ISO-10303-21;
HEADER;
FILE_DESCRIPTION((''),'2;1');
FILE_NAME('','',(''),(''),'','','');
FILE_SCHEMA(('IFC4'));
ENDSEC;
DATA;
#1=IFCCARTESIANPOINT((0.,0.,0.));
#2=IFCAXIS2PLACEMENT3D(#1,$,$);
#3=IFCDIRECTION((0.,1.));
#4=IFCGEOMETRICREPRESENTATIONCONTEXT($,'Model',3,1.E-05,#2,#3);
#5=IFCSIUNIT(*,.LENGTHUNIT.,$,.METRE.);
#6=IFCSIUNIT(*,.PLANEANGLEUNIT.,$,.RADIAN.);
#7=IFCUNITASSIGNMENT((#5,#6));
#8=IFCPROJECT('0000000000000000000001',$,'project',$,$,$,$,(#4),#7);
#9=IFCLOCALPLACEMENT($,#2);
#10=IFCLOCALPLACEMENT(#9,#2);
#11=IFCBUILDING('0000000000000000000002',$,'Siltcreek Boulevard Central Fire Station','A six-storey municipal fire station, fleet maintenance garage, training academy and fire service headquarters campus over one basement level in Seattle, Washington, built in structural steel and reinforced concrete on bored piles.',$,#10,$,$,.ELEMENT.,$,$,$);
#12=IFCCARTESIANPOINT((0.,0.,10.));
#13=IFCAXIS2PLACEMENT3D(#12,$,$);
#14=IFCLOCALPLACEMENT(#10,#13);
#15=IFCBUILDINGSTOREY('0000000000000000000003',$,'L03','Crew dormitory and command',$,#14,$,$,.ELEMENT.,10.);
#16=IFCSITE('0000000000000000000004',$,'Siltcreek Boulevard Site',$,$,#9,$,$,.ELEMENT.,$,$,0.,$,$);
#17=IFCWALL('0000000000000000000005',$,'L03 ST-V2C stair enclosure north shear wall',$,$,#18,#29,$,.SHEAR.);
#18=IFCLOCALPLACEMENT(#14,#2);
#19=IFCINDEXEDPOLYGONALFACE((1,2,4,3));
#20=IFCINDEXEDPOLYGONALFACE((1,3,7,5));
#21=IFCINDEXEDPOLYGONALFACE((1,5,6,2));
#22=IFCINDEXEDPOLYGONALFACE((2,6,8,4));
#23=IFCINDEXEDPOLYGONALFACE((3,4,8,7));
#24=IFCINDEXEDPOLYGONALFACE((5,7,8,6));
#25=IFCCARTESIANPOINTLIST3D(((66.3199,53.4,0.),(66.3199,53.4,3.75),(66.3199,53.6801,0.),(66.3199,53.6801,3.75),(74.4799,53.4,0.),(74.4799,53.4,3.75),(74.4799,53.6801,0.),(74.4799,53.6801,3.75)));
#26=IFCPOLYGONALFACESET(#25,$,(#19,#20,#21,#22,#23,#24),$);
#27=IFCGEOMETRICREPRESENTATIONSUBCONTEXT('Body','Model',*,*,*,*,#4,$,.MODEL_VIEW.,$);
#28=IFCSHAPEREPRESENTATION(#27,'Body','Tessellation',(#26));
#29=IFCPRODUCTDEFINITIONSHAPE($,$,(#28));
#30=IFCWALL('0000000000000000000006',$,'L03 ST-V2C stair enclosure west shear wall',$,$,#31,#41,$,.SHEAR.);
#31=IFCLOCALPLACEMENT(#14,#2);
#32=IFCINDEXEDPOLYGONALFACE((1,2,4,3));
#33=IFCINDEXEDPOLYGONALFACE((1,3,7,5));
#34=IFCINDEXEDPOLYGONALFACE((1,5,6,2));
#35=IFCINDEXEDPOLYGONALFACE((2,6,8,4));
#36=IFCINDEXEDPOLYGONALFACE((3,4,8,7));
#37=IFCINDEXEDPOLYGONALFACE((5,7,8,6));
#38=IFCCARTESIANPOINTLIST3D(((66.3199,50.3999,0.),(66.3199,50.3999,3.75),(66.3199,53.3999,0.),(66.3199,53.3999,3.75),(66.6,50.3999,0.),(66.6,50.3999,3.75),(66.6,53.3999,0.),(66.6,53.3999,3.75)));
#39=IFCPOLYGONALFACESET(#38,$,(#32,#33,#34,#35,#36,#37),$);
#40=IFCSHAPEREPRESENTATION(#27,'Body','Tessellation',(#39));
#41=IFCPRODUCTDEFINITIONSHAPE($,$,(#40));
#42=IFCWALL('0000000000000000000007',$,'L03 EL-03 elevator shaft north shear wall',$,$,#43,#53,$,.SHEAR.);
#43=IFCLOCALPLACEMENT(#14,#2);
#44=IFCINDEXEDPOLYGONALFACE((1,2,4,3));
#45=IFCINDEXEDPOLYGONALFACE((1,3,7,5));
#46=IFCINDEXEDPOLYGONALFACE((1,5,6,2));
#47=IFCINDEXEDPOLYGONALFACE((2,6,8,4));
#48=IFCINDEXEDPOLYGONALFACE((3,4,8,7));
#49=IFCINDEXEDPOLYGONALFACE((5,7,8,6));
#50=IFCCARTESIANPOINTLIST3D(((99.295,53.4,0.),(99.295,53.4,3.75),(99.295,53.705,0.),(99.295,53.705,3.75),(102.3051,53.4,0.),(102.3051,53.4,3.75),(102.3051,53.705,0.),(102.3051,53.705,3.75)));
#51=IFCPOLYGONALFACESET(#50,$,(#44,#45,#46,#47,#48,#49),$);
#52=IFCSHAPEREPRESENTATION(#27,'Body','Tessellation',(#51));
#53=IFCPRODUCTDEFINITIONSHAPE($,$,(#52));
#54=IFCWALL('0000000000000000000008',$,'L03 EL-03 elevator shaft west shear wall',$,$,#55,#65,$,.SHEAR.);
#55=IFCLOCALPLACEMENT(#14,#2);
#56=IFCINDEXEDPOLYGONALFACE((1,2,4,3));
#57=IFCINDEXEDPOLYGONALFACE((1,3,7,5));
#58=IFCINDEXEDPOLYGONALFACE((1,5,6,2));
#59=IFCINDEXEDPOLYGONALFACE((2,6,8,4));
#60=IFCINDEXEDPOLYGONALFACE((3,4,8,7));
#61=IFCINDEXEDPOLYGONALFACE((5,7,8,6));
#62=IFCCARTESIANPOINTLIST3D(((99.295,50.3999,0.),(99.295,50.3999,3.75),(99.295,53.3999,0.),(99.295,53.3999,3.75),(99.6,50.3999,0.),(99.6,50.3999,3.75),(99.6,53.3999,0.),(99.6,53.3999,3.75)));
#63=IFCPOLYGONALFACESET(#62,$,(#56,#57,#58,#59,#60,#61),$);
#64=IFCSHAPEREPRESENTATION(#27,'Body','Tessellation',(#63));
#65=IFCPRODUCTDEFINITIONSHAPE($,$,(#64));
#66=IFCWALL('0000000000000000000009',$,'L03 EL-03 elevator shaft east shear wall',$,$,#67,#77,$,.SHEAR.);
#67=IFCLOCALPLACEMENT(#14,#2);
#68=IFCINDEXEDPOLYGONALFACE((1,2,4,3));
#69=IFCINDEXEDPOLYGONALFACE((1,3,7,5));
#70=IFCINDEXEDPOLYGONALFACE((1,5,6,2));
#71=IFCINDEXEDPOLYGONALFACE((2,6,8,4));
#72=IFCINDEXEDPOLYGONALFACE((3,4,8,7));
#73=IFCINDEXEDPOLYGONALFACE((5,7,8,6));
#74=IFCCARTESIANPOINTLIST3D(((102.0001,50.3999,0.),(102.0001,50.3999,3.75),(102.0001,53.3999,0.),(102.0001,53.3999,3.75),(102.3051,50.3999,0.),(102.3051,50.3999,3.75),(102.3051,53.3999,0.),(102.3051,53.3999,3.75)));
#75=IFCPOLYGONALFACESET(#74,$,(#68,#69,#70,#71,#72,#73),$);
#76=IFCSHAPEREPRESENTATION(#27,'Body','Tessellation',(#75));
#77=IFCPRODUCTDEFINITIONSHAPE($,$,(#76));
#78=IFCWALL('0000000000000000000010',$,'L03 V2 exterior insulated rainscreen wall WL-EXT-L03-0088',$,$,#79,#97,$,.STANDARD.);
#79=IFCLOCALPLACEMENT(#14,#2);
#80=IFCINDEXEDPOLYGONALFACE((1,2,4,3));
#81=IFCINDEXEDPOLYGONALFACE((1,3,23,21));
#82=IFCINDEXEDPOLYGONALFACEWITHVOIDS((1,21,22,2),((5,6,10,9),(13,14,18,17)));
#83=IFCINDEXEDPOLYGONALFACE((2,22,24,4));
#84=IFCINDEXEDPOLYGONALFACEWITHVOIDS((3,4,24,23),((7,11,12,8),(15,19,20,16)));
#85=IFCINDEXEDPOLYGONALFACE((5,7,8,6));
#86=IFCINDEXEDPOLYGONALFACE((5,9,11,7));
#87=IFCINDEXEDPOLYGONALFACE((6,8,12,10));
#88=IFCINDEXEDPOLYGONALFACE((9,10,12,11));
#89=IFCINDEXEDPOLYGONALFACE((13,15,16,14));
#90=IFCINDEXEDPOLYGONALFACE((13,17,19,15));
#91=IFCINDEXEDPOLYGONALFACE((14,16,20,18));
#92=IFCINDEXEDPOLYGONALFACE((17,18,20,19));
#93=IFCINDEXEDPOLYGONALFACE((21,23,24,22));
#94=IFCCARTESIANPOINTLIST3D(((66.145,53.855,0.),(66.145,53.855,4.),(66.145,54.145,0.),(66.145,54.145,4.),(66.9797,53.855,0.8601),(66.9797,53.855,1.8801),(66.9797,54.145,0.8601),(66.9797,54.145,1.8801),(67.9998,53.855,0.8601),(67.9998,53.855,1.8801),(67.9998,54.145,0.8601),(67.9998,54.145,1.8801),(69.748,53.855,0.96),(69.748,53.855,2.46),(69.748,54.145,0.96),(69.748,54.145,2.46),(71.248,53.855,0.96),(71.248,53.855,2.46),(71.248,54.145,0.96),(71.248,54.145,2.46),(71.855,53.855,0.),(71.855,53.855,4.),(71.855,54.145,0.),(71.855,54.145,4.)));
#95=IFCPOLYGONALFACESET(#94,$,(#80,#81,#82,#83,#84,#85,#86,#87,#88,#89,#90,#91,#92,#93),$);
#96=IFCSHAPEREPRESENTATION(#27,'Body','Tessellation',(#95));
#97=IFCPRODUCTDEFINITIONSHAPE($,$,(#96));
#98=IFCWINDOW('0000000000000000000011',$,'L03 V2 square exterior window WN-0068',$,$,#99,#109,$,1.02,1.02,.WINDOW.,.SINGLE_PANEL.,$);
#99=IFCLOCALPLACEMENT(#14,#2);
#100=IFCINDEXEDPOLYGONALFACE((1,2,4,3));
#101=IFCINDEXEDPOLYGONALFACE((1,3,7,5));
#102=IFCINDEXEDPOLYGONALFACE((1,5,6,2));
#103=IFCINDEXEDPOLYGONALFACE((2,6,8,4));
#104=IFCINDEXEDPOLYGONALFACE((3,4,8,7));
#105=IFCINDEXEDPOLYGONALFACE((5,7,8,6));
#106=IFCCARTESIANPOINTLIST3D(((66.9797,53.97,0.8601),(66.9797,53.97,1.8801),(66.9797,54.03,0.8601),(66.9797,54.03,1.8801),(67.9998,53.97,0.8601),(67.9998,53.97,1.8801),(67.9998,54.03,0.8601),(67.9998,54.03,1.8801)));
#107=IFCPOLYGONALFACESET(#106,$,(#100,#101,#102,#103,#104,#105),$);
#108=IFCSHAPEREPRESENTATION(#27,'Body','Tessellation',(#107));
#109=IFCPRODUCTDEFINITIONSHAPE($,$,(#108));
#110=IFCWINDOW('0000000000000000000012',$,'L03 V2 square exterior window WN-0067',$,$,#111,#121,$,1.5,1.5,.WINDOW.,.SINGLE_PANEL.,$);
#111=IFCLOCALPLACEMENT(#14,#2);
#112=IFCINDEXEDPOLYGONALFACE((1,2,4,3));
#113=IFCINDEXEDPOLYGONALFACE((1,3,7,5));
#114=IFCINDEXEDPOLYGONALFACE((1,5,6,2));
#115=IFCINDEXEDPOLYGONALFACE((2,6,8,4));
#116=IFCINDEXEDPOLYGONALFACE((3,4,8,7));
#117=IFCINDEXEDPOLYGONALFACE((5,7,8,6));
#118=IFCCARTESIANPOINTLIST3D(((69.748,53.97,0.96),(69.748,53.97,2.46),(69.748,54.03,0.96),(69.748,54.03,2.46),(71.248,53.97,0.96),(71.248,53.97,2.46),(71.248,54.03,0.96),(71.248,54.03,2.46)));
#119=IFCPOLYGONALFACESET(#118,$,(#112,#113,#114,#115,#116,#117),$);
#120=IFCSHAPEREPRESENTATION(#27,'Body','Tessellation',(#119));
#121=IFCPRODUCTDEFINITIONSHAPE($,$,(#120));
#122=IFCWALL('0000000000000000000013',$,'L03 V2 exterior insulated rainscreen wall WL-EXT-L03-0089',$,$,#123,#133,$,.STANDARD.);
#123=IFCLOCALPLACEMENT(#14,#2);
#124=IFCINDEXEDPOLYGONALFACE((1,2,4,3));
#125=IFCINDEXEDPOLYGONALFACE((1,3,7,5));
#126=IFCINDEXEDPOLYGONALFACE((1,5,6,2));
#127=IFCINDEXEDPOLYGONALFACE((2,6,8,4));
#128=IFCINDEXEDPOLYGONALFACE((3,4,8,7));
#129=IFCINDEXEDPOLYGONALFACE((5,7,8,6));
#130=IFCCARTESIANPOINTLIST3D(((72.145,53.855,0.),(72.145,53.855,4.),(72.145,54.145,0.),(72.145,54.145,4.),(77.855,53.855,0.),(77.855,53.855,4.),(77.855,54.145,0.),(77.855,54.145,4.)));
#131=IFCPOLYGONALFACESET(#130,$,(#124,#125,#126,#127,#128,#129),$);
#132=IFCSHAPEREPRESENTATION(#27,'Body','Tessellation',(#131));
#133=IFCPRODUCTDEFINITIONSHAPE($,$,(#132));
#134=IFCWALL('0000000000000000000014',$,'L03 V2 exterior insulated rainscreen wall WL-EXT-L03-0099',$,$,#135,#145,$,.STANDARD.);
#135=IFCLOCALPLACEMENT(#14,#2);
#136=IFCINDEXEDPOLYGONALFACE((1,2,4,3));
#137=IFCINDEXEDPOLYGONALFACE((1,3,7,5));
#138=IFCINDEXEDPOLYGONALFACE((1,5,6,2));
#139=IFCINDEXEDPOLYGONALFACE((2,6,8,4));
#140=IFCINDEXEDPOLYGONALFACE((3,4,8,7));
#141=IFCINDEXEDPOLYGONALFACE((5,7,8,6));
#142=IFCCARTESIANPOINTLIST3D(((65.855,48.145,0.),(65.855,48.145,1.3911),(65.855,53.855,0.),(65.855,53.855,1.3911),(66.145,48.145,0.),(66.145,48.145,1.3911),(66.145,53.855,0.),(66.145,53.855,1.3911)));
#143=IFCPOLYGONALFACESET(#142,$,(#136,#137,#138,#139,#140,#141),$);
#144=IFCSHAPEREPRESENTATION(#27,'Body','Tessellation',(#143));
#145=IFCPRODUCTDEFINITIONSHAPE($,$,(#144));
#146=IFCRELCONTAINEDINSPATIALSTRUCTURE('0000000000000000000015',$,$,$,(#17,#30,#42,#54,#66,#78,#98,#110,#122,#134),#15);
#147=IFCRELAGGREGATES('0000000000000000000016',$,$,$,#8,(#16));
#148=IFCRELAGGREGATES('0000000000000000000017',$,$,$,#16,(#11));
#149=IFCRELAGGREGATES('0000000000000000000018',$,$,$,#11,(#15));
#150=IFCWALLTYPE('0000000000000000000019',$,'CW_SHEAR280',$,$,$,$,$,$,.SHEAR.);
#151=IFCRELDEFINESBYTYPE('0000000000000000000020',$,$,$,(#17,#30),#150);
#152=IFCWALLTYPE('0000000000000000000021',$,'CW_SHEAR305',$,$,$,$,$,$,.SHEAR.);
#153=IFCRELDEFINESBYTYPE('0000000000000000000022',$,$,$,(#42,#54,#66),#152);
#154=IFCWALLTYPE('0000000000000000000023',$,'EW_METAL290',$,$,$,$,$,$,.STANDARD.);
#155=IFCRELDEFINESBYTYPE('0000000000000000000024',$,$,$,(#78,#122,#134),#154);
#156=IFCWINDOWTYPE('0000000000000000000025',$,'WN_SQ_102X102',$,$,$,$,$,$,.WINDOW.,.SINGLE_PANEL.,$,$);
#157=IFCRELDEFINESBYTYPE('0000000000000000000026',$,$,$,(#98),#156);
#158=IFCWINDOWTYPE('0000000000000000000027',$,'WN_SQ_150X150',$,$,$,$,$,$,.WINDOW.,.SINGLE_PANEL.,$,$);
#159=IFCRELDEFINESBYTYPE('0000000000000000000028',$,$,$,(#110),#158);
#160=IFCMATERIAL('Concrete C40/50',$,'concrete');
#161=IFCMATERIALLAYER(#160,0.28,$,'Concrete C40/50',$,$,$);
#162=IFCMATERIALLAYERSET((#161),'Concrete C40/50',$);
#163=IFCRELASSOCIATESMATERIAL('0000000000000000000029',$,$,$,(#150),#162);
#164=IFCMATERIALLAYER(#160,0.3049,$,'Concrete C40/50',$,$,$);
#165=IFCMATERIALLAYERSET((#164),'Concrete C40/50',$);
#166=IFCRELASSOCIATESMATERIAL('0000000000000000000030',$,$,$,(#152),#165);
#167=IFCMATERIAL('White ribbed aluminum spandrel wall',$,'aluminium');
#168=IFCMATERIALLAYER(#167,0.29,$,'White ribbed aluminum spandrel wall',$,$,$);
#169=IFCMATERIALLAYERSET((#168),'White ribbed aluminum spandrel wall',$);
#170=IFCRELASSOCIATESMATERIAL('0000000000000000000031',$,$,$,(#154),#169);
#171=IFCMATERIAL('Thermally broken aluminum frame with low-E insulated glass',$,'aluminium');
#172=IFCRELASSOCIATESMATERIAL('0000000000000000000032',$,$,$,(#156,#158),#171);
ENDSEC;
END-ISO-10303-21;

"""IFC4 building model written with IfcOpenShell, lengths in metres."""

from ifc_helpers import new_model, si_unit, direction, frame, frame_2d, origin, place, context, subcontext, project, spatial, rectangle, extrude, material, layer, layer_set, type_object, element, fill, save


model = new_model("IFC4")

# Units and contexts
model_context = context("Model", 3, precision=1e-05, world=origin(), true_north=direction((0.0, 1.0)))
body_context = subcontext(model_context, "Body", "Model", "MODEL_VIEW")
ifc_project = project(units=[si_unit("LENGTHUNIT", "METRE"), si_unit("PLANEANGLEUNIT", "RADIAN")], contexts=[model_context])

# Site, building, storey
site_placement = place(None, origin())
site = spatial("IfcSite", under=ifc_project, at=site_placement, Name="Siltcreek Boulevard Site", CompositionType="ELEMENT", RefElevation=0.0)
building_placement = place(site_placement, origin())
building = spatial("IfcBuilding", under=site, at=building_placement, Name="Siltcreek Boulevard Central Fire Station", Description="A six-storey municipal fire station, fleet maintenance garage, training academy and fire service headquarters campus over one basement level in Seattle, Washington, built in structural steel and reinforced concrete on bored piles.", CompositionType="ELEMENT")
storey_placement = place(building_placement, frame((0.0, 0.0, 10.0)))
storey = spatial("IfcBuildingStorey", under=building, at=storey_placement, Name="L03", Description="Crew dormitory and command", CompositionType="ELEMENT", Elevation=10.0)

# Walls
ifc_material_1 = material(Name="Concrete C40/50", Category="concrete")
ifc_layer_1 = layer(ifc_material_1, 0.28, Name="Concrete C40/50")
ifc_layer_set_1 = layer_set([ifc_layer_1], Name="Concrete C40/50")
wall_type_1 = type_object("IfcWallType", Name="CW_SHEAR280", PredefinedType="SHEAR", material=ifc_layer_set_1)
wall_1_placement = place(storey_placement, frame((74.48, 53.54, 0.0), z_axis=(0.0, 0.0, 1.0), x_axis=(-1.0, 0.0, 0.0)))
element("IfcWall", 1, at=wall_1_placement, inside=storey, type_object=wall_type_1, Name="L03 ST-V2C stair enclosure north shear wall", PredefinedType="SHEAR", context=body_context, shape_type="SweptSolid", body=[
    extrude(rectangle(XDim=8.1599, YDim=0.28, at=frame_2d((4.0801, 0.0))), origin(), (0.0, 0.0, 1.0), 3.75),
])
wall_2_placement = place(storey_placement, frame((66.46, 53.3999, 0.0), z_axis=(0.0, 0.0, 1.0), x_axis=(0.0, -1.0, 0.0)))
element("IfcWall", 2, at=wall_2_placement, inside=storey, type_object=wall_type_1, Name="L03 ST-V2C stair enclosure west shear wall", PredefinedType="SHEAR", context=body_context, shape_type="SweptSolid", body=[
    extrude(rectangle(XDim=3.0, YDim=0.28, at=frame_2d((1.5, 0.0))), origin(), (0.0, 0.0, 1.0), 3.75),
])
ifc_layer_2 = layer(ifc_material_1, 0.3049, Name="Concrete C40/50")
ifc_layer_set_2 = layer_set([ifc_layer_2], Name="Concrete C40/50")
wall_type_2 = type_object("IfcWallType", Name="CW_SHEAR305", PredefinedType="SHEAR", material=ifc_layer_set_2)
wall_3_placement = place(storey_placement, frame((102.3049, 53.5525, 0.0), z_axis=(0.0, 0.0, 1.0), x_axis=(-1.0, 0.0, 0.0)))
element("IfcWall", 3, at=wall_3_placement, inside=storey, type_object=wall_type_2, Name="L03 EL-03 elevator shaft north shear wall", PredefinedType="SHEAR", context=body_context, shape_type="SweptSolid", body=[
    extrude(rectangle(XDim=3.01, YDim=0.3049, at=frame_2d((1.5049, 0.0))), origin(), (0.0, 0.0, 1.0), 3.75),
])
for number, where, z_axis, x_axis, name in (
    (4, (99.4475, 53.3999, 0.0), (0.0, 0.0, 1.0), (0.0, -1.0, 0.0), "L03 EL-03 elevator shaft west shear wall"),
    (5, (102.1526, 50.3999, 0.0), (0.0, 0.0, 1.0), (0.0, 1.0, 0.0), "L03 EL-03 elevator shaft east shear wall"),
):
    element("IfcWall", number, at=place(storey_placement, frame(where, z_axis=z_axis, x_axis=x_axis)), inside=storey, type_object=wall_type_2, Name=name, PredefinedType="SHEAR", context=body_context, shape_type="SweptSolid", body=[
        extrude(rectangle(XDim=3.0, YDim=0.3049, at=frame_2d((1.5, 0.0))), origin(), (0.0, 0.0, 1.0), 3.75),
    ])

# Wall, openings, windows
ifc_material_2 = material(Name="White ribbed aluminum spandrel wall", Category="aluminium")
ifc_layer_3 = layer(ifc_material_2, 0.29, Name="White ribbed aluminum spandrel wall")
ifc_layer_set_3 = layer_set([ifc_layer_3], Name="White ribbed aluminum spandrel wall")
wall_type_3 = type_object("IfcWallType", Name="EW_METAL290", PredefinedType="STANDARD", material=ifc_layer_set_3)
wall_4_placement = place(storey_placement, frame((71.855, 54.0, 0.0), z_axis=(0.0, 0.0, 1.0), x_axis=(-1.0, 0.0, 0.0)))
wall_4 = element("IfcWall", 6, at=wall_4_placement, inside=storey, type_object=wall_type_3, Name="L03 V2 exterior insulated rainscreen wall WL-EXT-L03-0088", PredefinedType="STANDARD", context=body_context, shape_type="SweptSolid", body=[
    extrude(rectangle(XDim=5.71, YDim=0.29, at=frame_2d((2.855, 0.0))), origin(), (0.0, 0.0, 1.0), 4.0),
])
opening_1_placement = place(wall_4_placement, frame((0.6069, 0.0, 0.96)))
opening_1 = element("IfcOpeningElement", 7, at=opening_1_placement, cuts=wall_4, PredefinedType="OPENING", context=body_context, shape_type="SweptSolid", body=[
    extrude(rectangle(XDim=1.5, YDim=1.5, at=frame_2d((0.75, 0.75))), frame((0.0, 0.155, 0.0), z_axis=(0.0, -1.0, 0.0), x_axis=(1.0, 0.0, 0.0)), (0.0, 0.0, 1.0), 0.3101),
])
opening_2_placement = place(wall_4_placement, frame((3.8552, 0.0, 0.8601)))
opening_2 = element("IfcOpeningElement", 8, at=opening_2_placement, cuts=wall_4, PredefinedType="OPENING", context=body_context, shape_type="SweptSolid", body=[
    extrude(rectangle(XDim=1.02, YDim=1.02, at=frame_2d((0.51, 0.51))), frame((0.0, 0.155, 0.0), z_axis=(0.0, -1.0, 0.0), x_axis=(1.0, 0.0, 0.0)), (0.0, 0.0, 1.0), 0.3101),
])
ifc_material_3 = material(Name="Thermally broken aluminum frame with low-E insulated glass", Category="aluminium")
window_type_1 = type_object("IfcWindowType", Name="WN_SQ_102X102", PartitioningType="SINGLE_PANEL", PredefinedType="WINDOW", material=ifc_material_3)
window_1_placement = place(opening_2_placement, origin())
window_1 = element("IfcWindow", 9, at=window_1_placement, inside=storey, type_object=window_type_1, Name="L03 V2 square exterior window WN-0068", OverallHeight=1.02, OverallWidth=1.02, PartitioningType="SINGLE_PANEL", PredefinedType="WINDOW", context=body_context, shape_type="SweptSolid", body=[
    extrude(rectangle(XDim=1.02, YDim=1.02, at=frame_2d((0.51, 0.51))), frame((0.0, 0.03, 0.0), z_axis=(0.0, -1.0, 0.0), x_axis=(1.0, 0.0, 0.0)), (0.0, 0.0, 1.0), 0.0601),
])
fill(opening_2, window_1)
window_type_2 = type_object("IfcWindowType", Name="WN_SQ_150X150", PartitioningType="SINGLE_PANEL", PredefinedType="WINDOW", material=ifc_material_3)
window_2_placement = place(opening_1_placement, origin())
window_2 = element("IfcWindow", 10, at=window_2_placement, inside=storey, type_object=window_type_2, Name="L03 V2 square exterior window WN-0067", OverallHeight=1.5, OverallWidth=1.5, PartitioningType="SINGLE_PANEL", PredefinedType="WINDOW", context=body_context, shape_type="SweptSolid", body=[
    extrude(rectangle(XDim=1.5, YDim=1.5, at=frame_2d((0.75, 0.75))), frame((0.0, 0.03, 0.0), z_axis=(0.0, -1.0, 0.0), x_axis=(1.0, 0.0, 0.0)), (0.0, 0.0, 1.0), 0.0601),
])
fill(opening_1, window_2)

# Walls
wall_5_placement = place(storey_placement, frame((77.855, 54.0, 0.0), z_axis=(0.0, 0.0, 1.0), x_axis=(-1.0, 0.0, 0.0)))
element("IfcWall", 11, at=wall_5_placement, inside=storey, type_object=wall_type_3, Name="L03 V2 exterior insulated rainscreen wall WL-EXT-L03-0089", PredefinedType="STANDARD", context=body_context, shape_type="SweptSolid", body=[
    extrude(rectangle(XDim=5.71, YDim=0.29, at=frame_2d((2.855, 0.0))), origin(), (0.0, 0.0, 1.0), 4.0),
])
wall_6_placement = place(storey_placement, frame((66.0, 53.855, 0.0), z_axis=(0.0, 0.0, 1.0), x_axis=(0.0, -1.0, 0.0)))
element("IfcWall", 12, at=wall_6_placement, inside=storey, type_object=wall_type_3, Name="L03 V2 exterior insulated rainscreen wall WL-EXT-L03-0099", PredefinedType="STANDARD", context=body_context, shape_type="SweptSolid", body=[
    extrude(rectangle(XDim=5.71, YDim=0.29, at=frame_2d((2.855, 0.0))), origin(), (0.0, 0.0, 1.0), 1.3911),
])

save(model, "model.ifc")
